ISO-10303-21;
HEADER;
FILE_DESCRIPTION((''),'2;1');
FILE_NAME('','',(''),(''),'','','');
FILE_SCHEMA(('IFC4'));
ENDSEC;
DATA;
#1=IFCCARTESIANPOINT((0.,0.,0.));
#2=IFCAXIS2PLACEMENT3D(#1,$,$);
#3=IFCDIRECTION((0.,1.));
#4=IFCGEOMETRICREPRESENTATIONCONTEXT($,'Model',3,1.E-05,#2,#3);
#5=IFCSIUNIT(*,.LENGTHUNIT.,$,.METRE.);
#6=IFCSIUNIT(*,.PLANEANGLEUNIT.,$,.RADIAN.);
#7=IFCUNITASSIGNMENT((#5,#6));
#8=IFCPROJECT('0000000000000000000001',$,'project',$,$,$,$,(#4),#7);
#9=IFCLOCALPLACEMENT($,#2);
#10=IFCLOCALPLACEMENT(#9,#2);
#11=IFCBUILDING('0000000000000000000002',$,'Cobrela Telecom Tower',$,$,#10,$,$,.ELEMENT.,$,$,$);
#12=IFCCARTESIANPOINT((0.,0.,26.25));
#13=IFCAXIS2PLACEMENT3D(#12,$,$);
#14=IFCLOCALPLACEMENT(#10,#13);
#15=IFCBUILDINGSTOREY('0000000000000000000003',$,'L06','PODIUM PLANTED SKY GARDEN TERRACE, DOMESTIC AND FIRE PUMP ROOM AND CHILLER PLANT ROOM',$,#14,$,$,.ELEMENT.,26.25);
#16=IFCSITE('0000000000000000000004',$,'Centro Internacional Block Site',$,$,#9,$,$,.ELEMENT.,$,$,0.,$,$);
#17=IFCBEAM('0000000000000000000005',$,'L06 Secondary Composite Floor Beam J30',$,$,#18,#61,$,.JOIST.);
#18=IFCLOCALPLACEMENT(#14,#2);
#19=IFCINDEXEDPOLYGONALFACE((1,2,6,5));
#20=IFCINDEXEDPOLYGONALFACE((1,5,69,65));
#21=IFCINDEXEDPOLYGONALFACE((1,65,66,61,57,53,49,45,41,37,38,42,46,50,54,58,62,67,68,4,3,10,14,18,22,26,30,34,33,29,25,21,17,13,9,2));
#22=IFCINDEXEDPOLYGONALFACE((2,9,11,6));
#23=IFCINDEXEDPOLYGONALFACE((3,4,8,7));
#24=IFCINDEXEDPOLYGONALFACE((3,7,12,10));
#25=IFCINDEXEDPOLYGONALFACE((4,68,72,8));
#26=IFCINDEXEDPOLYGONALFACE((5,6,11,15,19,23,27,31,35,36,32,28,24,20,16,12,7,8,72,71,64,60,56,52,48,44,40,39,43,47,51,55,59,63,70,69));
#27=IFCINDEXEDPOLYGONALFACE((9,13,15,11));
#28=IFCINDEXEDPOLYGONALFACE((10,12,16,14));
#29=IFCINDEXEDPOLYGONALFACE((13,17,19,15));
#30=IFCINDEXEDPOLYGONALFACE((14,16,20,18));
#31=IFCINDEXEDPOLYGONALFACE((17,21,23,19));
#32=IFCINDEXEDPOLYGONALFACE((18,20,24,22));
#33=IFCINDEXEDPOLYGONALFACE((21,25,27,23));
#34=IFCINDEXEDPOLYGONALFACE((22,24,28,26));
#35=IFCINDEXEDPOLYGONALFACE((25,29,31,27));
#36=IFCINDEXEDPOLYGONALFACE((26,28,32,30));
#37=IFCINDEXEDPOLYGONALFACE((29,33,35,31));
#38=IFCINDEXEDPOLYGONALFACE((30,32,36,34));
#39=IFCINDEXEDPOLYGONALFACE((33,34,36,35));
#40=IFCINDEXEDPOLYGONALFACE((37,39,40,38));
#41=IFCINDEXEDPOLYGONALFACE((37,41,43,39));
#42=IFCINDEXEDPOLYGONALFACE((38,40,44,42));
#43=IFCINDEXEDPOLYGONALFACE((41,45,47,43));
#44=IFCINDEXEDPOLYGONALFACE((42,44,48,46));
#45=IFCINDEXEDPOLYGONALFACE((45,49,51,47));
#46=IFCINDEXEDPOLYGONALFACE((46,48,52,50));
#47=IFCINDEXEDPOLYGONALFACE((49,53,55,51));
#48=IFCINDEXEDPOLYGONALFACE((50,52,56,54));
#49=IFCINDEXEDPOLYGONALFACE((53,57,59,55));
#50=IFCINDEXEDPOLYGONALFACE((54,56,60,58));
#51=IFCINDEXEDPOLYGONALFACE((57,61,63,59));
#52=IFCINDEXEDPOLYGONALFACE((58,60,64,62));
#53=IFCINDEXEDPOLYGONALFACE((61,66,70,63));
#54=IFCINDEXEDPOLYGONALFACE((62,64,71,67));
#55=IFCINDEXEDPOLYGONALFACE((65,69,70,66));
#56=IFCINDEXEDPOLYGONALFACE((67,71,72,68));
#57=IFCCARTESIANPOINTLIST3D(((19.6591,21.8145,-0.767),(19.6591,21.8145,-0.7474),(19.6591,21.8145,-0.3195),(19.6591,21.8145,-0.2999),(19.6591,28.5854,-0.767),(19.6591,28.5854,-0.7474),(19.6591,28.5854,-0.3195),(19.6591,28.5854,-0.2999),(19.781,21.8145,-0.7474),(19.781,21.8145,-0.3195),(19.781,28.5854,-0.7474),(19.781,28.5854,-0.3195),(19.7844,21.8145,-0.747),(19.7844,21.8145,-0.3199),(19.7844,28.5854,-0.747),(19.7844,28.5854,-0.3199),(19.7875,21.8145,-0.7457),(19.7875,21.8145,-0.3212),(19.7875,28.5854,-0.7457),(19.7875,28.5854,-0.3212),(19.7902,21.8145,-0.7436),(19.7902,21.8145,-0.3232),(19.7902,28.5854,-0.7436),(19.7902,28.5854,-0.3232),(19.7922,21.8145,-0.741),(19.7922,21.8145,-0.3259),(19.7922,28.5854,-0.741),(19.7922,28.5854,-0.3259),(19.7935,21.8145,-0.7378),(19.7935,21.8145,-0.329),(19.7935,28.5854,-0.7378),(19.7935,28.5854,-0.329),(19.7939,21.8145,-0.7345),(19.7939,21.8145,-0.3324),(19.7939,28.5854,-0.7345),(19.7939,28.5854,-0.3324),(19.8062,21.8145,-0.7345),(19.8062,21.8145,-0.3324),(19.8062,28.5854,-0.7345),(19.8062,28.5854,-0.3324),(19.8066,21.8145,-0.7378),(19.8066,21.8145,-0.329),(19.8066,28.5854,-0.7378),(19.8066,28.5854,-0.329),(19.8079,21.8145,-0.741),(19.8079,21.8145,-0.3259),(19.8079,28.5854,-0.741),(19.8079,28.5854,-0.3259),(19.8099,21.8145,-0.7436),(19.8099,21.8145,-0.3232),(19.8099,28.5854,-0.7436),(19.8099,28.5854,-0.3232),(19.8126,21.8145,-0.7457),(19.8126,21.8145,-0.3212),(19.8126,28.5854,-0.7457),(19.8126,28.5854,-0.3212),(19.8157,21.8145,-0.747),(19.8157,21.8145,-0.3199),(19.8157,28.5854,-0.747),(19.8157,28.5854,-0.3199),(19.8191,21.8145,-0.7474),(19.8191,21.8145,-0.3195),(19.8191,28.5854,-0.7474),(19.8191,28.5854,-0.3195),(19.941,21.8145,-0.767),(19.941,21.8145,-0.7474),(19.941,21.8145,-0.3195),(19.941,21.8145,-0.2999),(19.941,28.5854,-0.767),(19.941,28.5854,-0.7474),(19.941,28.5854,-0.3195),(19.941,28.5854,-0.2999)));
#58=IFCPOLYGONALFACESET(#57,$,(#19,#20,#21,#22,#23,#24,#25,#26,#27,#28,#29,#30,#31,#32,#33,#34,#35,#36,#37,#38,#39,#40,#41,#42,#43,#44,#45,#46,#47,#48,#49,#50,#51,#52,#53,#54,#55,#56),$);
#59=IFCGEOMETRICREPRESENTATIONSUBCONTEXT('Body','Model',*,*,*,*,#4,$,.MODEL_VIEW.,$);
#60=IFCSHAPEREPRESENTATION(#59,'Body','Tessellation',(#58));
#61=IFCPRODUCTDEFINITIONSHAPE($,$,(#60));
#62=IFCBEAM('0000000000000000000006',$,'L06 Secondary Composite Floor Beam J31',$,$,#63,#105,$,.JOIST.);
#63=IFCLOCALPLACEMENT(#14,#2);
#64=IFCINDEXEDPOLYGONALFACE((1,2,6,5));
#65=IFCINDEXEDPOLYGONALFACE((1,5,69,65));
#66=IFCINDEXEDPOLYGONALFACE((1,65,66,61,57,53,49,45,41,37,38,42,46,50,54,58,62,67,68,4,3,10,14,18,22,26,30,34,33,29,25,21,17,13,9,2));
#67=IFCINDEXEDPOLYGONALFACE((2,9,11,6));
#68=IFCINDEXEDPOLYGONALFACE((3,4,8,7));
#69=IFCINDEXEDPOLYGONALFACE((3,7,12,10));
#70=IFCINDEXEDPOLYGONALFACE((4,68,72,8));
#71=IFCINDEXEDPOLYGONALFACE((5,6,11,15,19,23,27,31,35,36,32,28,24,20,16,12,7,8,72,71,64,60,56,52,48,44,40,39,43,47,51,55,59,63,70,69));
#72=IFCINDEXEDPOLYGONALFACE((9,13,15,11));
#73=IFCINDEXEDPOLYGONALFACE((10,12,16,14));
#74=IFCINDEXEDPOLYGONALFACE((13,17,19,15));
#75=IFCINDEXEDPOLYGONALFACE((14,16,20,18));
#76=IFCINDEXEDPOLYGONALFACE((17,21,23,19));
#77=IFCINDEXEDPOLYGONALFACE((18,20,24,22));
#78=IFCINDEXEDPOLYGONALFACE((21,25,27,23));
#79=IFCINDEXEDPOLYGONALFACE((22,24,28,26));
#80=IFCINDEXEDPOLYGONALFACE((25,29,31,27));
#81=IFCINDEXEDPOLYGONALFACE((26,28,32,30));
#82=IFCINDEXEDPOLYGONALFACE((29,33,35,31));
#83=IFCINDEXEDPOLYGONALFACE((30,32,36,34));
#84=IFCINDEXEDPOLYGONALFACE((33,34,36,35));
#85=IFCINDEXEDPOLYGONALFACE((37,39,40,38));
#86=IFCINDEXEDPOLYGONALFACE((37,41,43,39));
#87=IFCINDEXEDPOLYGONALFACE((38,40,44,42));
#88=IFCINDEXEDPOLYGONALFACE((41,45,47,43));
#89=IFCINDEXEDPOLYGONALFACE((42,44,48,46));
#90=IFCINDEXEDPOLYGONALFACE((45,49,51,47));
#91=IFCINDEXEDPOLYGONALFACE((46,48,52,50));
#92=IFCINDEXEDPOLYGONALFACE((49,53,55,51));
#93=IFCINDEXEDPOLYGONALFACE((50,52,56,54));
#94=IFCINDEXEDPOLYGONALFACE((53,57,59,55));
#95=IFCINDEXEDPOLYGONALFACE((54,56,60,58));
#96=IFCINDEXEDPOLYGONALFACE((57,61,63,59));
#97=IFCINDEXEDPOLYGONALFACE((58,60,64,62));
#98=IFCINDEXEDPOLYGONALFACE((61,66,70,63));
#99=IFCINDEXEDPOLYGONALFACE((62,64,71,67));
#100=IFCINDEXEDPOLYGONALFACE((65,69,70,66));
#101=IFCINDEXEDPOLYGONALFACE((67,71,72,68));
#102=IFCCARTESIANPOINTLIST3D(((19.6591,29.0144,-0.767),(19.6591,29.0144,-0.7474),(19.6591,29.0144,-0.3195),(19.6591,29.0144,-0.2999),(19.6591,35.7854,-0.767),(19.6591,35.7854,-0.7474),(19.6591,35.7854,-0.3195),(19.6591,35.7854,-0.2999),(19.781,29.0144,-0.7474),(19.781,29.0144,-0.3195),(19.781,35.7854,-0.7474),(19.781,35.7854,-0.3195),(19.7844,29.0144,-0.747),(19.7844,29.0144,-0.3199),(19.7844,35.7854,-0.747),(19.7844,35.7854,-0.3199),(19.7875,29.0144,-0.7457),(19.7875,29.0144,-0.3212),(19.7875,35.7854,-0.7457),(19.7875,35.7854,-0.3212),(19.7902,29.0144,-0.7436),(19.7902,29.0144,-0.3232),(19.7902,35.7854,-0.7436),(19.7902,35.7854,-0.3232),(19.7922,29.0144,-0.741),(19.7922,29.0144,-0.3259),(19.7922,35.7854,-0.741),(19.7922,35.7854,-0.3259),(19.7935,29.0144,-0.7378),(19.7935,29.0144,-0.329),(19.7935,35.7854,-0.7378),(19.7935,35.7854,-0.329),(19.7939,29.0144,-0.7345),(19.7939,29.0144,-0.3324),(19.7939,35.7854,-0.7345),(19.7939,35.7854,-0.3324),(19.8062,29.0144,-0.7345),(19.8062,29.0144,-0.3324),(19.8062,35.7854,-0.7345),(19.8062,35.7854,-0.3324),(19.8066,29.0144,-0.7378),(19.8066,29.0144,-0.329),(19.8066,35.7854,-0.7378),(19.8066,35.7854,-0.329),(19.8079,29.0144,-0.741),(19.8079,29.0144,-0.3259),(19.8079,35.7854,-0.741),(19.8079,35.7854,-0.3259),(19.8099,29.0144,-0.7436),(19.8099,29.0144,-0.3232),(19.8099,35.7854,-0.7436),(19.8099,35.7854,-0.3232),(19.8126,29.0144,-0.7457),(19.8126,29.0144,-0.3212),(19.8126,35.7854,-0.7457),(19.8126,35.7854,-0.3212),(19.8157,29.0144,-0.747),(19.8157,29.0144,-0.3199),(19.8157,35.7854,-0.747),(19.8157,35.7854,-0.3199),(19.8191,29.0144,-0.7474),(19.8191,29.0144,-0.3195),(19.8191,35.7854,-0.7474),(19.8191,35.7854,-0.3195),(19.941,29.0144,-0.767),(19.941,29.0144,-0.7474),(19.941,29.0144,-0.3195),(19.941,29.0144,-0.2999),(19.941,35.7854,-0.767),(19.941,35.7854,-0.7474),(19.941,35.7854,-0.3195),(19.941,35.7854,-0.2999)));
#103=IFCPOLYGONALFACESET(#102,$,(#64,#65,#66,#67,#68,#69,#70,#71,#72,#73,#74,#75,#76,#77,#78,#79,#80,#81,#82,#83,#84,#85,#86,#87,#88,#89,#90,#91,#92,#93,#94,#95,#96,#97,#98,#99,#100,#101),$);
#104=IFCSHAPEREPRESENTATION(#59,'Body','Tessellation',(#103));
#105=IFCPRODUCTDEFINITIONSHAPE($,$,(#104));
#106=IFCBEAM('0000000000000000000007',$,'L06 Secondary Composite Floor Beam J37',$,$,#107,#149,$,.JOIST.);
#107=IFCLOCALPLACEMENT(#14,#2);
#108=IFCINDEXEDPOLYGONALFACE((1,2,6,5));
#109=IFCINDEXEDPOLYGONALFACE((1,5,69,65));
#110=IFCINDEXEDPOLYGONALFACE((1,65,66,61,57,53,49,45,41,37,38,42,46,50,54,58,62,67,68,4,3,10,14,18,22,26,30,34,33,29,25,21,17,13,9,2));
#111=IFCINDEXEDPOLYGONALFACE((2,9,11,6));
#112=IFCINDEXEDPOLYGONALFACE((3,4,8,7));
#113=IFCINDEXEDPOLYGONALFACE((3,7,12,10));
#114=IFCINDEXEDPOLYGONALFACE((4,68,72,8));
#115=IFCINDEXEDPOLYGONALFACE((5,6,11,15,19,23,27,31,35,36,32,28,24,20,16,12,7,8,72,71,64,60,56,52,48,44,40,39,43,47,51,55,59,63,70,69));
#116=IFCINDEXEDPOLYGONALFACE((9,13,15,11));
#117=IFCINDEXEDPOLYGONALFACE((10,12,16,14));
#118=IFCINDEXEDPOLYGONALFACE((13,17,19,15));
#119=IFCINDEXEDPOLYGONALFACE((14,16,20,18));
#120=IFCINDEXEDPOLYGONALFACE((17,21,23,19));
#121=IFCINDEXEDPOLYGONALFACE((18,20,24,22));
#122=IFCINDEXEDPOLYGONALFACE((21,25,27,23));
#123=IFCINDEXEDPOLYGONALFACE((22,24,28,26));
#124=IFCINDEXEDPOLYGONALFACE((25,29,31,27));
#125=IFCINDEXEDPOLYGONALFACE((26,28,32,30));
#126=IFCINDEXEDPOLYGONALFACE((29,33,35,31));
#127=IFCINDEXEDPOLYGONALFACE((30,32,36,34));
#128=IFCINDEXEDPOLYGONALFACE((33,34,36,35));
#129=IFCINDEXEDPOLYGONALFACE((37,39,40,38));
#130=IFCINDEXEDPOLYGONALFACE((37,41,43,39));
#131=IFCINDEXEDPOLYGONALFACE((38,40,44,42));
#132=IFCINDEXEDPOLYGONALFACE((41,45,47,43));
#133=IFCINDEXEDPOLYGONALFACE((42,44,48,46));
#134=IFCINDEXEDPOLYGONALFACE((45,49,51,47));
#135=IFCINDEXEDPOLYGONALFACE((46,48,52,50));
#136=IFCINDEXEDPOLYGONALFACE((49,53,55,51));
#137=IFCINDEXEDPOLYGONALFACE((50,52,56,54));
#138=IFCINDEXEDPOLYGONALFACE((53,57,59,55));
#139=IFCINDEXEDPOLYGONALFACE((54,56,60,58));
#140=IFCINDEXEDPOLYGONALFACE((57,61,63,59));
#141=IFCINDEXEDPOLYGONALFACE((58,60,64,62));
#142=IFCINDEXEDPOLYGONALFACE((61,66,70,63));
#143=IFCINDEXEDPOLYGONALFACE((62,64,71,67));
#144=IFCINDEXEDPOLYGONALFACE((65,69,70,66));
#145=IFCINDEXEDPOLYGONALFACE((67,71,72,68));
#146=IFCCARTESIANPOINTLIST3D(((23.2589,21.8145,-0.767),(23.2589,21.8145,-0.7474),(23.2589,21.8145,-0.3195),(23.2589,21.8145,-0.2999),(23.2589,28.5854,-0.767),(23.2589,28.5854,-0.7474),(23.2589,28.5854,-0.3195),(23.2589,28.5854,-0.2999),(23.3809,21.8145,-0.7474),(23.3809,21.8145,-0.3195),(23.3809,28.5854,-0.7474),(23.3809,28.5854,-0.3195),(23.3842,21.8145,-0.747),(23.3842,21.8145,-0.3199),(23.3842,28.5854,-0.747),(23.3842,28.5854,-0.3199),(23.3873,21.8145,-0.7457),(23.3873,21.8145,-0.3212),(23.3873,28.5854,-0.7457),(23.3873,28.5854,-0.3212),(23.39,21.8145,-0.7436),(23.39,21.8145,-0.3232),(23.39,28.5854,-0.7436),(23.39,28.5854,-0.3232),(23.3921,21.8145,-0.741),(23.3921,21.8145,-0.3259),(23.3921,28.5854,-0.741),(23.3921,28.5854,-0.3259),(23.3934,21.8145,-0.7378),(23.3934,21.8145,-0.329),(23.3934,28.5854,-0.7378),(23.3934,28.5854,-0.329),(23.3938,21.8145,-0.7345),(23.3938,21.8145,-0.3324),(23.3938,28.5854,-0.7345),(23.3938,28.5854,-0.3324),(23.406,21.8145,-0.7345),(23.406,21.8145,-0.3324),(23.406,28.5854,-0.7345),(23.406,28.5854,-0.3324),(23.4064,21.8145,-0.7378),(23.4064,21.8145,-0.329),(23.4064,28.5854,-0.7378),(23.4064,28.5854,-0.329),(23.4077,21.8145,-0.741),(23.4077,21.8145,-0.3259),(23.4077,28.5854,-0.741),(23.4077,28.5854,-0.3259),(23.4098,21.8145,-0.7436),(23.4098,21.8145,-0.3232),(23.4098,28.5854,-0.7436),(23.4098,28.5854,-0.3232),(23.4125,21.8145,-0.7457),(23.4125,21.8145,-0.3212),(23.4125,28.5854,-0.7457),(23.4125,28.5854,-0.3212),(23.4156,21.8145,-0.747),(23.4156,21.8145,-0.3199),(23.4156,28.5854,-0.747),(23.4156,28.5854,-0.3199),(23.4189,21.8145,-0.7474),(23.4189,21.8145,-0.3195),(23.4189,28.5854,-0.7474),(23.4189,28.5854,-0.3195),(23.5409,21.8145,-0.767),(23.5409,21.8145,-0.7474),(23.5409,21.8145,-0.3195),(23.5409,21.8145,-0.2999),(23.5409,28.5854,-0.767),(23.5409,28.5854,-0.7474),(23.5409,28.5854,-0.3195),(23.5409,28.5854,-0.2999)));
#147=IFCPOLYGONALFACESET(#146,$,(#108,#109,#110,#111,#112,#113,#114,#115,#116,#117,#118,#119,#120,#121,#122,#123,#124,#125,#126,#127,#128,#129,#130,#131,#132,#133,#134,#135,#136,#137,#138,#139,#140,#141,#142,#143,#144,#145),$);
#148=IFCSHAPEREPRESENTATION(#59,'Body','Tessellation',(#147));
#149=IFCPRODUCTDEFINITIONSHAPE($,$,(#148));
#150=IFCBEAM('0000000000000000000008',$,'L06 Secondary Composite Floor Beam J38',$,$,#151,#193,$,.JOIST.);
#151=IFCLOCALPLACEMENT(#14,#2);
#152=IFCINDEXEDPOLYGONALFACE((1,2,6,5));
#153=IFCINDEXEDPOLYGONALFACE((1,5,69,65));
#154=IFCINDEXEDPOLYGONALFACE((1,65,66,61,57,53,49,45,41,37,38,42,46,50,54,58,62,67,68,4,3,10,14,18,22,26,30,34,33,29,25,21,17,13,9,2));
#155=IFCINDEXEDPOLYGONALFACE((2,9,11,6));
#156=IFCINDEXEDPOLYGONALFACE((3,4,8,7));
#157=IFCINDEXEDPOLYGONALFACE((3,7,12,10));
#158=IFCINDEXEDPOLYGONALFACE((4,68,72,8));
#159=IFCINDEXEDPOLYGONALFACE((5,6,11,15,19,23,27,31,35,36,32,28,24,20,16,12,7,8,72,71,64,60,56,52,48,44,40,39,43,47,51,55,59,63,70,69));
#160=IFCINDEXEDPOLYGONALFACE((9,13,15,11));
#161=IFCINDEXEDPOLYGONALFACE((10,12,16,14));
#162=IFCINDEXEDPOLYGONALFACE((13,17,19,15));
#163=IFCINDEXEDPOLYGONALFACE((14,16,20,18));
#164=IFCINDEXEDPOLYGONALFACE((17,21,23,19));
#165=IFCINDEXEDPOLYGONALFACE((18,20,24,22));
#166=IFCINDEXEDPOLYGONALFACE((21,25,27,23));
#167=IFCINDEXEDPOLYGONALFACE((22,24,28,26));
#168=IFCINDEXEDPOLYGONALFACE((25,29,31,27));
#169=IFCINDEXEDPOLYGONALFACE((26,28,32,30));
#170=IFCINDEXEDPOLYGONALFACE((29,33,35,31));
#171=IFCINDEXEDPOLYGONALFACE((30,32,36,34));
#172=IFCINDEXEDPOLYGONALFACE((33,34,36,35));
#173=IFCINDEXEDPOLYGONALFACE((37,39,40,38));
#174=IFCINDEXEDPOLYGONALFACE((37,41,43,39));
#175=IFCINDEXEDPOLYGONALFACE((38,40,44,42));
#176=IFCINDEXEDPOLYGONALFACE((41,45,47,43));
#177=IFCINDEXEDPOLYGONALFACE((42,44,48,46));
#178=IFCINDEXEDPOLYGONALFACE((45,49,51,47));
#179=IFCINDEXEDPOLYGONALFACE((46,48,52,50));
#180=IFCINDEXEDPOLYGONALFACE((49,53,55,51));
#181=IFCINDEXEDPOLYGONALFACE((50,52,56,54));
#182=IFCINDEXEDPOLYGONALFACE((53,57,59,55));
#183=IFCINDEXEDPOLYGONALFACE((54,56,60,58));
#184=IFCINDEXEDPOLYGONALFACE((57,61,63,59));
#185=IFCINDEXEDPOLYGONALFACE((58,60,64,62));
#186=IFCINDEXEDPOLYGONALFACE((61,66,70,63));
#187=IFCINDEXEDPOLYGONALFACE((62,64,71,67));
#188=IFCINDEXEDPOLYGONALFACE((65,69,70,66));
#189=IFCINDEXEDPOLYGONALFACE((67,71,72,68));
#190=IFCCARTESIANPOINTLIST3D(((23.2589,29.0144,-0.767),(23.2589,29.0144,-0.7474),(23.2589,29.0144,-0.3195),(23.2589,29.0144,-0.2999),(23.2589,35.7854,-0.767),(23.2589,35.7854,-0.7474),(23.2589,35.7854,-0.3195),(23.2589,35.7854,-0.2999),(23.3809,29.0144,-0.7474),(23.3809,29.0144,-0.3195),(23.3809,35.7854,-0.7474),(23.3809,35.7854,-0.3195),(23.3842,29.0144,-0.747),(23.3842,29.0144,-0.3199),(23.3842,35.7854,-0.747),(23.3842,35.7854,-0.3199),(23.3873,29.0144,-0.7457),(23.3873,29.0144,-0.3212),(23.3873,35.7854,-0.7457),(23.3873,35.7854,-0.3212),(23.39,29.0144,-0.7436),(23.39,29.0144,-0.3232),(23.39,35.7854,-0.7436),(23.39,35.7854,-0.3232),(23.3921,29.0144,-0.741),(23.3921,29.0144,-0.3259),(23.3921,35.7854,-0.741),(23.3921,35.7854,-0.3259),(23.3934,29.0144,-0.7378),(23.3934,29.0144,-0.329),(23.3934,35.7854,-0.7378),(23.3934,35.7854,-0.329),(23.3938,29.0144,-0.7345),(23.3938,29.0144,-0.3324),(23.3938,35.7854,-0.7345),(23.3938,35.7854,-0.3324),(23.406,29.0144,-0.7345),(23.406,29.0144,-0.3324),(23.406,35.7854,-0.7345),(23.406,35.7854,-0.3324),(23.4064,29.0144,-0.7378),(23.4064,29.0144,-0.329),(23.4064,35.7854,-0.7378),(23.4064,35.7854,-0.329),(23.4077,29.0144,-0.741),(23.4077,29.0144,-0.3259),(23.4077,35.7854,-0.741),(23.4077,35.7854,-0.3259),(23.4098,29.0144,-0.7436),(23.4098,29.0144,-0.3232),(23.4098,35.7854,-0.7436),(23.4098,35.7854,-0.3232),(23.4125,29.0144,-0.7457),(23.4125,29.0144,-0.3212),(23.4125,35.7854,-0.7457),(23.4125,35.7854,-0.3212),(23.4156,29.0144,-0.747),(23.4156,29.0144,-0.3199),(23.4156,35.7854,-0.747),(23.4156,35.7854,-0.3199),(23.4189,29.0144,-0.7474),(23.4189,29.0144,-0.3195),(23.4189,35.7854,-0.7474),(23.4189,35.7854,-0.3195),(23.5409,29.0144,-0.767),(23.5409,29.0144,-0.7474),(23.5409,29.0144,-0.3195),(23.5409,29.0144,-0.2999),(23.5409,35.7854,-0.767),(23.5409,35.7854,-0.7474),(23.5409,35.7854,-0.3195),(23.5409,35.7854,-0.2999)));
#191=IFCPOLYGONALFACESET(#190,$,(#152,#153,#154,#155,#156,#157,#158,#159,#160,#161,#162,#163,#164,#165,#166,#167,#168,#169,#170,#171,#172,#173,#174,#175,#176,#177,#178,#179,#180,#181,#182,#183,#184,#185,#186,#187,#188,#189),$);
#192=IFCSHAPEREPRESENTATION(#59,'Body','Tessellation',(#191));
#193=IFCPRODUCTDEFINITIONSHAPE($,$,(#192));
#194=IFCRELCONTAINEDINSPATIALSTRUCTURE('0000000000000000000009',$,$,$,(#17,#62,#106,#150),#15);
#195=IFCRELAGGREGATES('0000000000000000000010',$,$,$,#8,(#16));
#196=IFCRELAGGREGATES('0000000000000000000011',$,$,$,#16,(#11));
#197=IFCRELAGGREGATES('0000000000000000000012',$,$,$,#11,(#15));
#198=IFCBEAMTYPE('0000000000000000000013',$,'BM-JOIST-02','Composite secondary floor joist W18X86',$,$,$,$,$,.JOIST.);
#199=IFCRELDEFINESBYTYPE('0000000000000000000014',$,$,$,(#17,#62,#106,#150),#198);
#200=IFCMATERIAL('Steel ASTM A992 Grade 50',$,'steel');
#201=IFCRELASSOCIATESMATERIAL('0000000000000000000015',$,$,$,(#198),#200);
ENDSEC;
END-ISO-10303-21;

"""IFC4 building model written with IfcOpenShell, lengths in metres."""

from ifc_helpers import new_model, si_unit, direction, frame, origin, origin_2d, place, context, subcontext, project, spatial, i_section, extrude, material, material_profile, profile_set, type_object, element, save


model = new_model("IFC4")

# Units and contexts
model_context = context("Model", 3, precision=1e-05, world=origin(), true_north=direction((0.0, 1.0)))
body_context = subcontext(model_context, "Body", "Model", "MODEL_VIEW")
ifc_project = project(units=[si_unit("LENGTHUNIT", "METRE"), si_unit("PLANEANGLEUNIT", "RADIAN")], contexts=[model_context])

# Site, building, storey
site_placement = place(None, origin())
site = spatial("IfcSite", under=ifc_project, at=site_placement, Name="Centro Internacional Block Site", CompositionType="ELEMENT", RefElevation=0.0)
building_placement = place(site_placement, origin())
building = spatial("IfcBuilding", under=site, at=building_placement, Name="Cobrela Telecom Tower", CompositionType="ELEMENT")
storey_placement = place(building_placement, frame((0.0, 0.0, 26.25)))
storey = spatial("IfcBuildingStorey", under=building, at=storey_placement, Name="L06", Description="PODIUM PLANTED SKY GARDEN TERRACE, DOMESTIC AND FIRE PUMP ROOM AND CHILLER PLANT ROOM", CompositionType="ELEMENT", Elevation=26.25)

# Beams
ifc_material_1 = material(Name="Steel ASTM A992 Grade 50", Category="steel")
ifc_material_profile = material_profile(ifc_material_1, i_section(OverallWidth=0.282, OverallDepth=0.467, WebThickness=0.0122, FlangeThickness=0.0195, FilletRadius=0.0129, at=origin_2d()), Name="W18X86")
ifc_profile_set = profile_set([ifc_material_profile], Name="Steel ASTM A992 Grade 50")
beam_type = type_object("IfcBeamType", Name="BM-JOIST-02", Description="Composite secondary floor joist W18X86", PredefinedType="JOIST", material=ifc_profile_set)
for number, where, z_axis, x_axis, name in (
    (1, (19.8, 21.8145, -0.5334), (0.0, 1.0, 0.0), (-1.0, 0.0, 0.0), "L06 Secondary Composite Floor Beam J30"),
    (2, (19.8, 29.0144, -0.5334), (0.0, 1.0, 0.0), (-1.0, 0.0, 0.0), "L06 Secondary Composite Floor Beam J31"),
    (3, (23.3999, 21.8145, -0.5334), (0.0, 1.0, 0.0), (-1.0, 0.0, 0.0), "L06 Secondary Composite Floor Beam J37"),
    (4, (23.3999, 29.0144, -0.5334), (0.0, 1.0, 0.0), (-1.0, 0.0, 0.0), "L06 Secondary Composite Floor Beam J38"),
):
    element("IfcBeam", number, at=place(storey_placement, frame(where, z_axis=z_axis, x_axis=x_axis)), inside=storey, type_object=beam_type, Name=name, PredefinedType="JOIST", context=body_context, shape_type="SweptSolid", body=[
        extrude(i_section(OverallWidth=0.282, OverallDepth=0.467, WebThickness=0.0122, FlangeThickness=0.0195, FilletRadius=0.0129, at=origin_2d()), origin(), (0.0, 0.0, 1.0), 6.771),
    ])

save(model, "model.ifc")
